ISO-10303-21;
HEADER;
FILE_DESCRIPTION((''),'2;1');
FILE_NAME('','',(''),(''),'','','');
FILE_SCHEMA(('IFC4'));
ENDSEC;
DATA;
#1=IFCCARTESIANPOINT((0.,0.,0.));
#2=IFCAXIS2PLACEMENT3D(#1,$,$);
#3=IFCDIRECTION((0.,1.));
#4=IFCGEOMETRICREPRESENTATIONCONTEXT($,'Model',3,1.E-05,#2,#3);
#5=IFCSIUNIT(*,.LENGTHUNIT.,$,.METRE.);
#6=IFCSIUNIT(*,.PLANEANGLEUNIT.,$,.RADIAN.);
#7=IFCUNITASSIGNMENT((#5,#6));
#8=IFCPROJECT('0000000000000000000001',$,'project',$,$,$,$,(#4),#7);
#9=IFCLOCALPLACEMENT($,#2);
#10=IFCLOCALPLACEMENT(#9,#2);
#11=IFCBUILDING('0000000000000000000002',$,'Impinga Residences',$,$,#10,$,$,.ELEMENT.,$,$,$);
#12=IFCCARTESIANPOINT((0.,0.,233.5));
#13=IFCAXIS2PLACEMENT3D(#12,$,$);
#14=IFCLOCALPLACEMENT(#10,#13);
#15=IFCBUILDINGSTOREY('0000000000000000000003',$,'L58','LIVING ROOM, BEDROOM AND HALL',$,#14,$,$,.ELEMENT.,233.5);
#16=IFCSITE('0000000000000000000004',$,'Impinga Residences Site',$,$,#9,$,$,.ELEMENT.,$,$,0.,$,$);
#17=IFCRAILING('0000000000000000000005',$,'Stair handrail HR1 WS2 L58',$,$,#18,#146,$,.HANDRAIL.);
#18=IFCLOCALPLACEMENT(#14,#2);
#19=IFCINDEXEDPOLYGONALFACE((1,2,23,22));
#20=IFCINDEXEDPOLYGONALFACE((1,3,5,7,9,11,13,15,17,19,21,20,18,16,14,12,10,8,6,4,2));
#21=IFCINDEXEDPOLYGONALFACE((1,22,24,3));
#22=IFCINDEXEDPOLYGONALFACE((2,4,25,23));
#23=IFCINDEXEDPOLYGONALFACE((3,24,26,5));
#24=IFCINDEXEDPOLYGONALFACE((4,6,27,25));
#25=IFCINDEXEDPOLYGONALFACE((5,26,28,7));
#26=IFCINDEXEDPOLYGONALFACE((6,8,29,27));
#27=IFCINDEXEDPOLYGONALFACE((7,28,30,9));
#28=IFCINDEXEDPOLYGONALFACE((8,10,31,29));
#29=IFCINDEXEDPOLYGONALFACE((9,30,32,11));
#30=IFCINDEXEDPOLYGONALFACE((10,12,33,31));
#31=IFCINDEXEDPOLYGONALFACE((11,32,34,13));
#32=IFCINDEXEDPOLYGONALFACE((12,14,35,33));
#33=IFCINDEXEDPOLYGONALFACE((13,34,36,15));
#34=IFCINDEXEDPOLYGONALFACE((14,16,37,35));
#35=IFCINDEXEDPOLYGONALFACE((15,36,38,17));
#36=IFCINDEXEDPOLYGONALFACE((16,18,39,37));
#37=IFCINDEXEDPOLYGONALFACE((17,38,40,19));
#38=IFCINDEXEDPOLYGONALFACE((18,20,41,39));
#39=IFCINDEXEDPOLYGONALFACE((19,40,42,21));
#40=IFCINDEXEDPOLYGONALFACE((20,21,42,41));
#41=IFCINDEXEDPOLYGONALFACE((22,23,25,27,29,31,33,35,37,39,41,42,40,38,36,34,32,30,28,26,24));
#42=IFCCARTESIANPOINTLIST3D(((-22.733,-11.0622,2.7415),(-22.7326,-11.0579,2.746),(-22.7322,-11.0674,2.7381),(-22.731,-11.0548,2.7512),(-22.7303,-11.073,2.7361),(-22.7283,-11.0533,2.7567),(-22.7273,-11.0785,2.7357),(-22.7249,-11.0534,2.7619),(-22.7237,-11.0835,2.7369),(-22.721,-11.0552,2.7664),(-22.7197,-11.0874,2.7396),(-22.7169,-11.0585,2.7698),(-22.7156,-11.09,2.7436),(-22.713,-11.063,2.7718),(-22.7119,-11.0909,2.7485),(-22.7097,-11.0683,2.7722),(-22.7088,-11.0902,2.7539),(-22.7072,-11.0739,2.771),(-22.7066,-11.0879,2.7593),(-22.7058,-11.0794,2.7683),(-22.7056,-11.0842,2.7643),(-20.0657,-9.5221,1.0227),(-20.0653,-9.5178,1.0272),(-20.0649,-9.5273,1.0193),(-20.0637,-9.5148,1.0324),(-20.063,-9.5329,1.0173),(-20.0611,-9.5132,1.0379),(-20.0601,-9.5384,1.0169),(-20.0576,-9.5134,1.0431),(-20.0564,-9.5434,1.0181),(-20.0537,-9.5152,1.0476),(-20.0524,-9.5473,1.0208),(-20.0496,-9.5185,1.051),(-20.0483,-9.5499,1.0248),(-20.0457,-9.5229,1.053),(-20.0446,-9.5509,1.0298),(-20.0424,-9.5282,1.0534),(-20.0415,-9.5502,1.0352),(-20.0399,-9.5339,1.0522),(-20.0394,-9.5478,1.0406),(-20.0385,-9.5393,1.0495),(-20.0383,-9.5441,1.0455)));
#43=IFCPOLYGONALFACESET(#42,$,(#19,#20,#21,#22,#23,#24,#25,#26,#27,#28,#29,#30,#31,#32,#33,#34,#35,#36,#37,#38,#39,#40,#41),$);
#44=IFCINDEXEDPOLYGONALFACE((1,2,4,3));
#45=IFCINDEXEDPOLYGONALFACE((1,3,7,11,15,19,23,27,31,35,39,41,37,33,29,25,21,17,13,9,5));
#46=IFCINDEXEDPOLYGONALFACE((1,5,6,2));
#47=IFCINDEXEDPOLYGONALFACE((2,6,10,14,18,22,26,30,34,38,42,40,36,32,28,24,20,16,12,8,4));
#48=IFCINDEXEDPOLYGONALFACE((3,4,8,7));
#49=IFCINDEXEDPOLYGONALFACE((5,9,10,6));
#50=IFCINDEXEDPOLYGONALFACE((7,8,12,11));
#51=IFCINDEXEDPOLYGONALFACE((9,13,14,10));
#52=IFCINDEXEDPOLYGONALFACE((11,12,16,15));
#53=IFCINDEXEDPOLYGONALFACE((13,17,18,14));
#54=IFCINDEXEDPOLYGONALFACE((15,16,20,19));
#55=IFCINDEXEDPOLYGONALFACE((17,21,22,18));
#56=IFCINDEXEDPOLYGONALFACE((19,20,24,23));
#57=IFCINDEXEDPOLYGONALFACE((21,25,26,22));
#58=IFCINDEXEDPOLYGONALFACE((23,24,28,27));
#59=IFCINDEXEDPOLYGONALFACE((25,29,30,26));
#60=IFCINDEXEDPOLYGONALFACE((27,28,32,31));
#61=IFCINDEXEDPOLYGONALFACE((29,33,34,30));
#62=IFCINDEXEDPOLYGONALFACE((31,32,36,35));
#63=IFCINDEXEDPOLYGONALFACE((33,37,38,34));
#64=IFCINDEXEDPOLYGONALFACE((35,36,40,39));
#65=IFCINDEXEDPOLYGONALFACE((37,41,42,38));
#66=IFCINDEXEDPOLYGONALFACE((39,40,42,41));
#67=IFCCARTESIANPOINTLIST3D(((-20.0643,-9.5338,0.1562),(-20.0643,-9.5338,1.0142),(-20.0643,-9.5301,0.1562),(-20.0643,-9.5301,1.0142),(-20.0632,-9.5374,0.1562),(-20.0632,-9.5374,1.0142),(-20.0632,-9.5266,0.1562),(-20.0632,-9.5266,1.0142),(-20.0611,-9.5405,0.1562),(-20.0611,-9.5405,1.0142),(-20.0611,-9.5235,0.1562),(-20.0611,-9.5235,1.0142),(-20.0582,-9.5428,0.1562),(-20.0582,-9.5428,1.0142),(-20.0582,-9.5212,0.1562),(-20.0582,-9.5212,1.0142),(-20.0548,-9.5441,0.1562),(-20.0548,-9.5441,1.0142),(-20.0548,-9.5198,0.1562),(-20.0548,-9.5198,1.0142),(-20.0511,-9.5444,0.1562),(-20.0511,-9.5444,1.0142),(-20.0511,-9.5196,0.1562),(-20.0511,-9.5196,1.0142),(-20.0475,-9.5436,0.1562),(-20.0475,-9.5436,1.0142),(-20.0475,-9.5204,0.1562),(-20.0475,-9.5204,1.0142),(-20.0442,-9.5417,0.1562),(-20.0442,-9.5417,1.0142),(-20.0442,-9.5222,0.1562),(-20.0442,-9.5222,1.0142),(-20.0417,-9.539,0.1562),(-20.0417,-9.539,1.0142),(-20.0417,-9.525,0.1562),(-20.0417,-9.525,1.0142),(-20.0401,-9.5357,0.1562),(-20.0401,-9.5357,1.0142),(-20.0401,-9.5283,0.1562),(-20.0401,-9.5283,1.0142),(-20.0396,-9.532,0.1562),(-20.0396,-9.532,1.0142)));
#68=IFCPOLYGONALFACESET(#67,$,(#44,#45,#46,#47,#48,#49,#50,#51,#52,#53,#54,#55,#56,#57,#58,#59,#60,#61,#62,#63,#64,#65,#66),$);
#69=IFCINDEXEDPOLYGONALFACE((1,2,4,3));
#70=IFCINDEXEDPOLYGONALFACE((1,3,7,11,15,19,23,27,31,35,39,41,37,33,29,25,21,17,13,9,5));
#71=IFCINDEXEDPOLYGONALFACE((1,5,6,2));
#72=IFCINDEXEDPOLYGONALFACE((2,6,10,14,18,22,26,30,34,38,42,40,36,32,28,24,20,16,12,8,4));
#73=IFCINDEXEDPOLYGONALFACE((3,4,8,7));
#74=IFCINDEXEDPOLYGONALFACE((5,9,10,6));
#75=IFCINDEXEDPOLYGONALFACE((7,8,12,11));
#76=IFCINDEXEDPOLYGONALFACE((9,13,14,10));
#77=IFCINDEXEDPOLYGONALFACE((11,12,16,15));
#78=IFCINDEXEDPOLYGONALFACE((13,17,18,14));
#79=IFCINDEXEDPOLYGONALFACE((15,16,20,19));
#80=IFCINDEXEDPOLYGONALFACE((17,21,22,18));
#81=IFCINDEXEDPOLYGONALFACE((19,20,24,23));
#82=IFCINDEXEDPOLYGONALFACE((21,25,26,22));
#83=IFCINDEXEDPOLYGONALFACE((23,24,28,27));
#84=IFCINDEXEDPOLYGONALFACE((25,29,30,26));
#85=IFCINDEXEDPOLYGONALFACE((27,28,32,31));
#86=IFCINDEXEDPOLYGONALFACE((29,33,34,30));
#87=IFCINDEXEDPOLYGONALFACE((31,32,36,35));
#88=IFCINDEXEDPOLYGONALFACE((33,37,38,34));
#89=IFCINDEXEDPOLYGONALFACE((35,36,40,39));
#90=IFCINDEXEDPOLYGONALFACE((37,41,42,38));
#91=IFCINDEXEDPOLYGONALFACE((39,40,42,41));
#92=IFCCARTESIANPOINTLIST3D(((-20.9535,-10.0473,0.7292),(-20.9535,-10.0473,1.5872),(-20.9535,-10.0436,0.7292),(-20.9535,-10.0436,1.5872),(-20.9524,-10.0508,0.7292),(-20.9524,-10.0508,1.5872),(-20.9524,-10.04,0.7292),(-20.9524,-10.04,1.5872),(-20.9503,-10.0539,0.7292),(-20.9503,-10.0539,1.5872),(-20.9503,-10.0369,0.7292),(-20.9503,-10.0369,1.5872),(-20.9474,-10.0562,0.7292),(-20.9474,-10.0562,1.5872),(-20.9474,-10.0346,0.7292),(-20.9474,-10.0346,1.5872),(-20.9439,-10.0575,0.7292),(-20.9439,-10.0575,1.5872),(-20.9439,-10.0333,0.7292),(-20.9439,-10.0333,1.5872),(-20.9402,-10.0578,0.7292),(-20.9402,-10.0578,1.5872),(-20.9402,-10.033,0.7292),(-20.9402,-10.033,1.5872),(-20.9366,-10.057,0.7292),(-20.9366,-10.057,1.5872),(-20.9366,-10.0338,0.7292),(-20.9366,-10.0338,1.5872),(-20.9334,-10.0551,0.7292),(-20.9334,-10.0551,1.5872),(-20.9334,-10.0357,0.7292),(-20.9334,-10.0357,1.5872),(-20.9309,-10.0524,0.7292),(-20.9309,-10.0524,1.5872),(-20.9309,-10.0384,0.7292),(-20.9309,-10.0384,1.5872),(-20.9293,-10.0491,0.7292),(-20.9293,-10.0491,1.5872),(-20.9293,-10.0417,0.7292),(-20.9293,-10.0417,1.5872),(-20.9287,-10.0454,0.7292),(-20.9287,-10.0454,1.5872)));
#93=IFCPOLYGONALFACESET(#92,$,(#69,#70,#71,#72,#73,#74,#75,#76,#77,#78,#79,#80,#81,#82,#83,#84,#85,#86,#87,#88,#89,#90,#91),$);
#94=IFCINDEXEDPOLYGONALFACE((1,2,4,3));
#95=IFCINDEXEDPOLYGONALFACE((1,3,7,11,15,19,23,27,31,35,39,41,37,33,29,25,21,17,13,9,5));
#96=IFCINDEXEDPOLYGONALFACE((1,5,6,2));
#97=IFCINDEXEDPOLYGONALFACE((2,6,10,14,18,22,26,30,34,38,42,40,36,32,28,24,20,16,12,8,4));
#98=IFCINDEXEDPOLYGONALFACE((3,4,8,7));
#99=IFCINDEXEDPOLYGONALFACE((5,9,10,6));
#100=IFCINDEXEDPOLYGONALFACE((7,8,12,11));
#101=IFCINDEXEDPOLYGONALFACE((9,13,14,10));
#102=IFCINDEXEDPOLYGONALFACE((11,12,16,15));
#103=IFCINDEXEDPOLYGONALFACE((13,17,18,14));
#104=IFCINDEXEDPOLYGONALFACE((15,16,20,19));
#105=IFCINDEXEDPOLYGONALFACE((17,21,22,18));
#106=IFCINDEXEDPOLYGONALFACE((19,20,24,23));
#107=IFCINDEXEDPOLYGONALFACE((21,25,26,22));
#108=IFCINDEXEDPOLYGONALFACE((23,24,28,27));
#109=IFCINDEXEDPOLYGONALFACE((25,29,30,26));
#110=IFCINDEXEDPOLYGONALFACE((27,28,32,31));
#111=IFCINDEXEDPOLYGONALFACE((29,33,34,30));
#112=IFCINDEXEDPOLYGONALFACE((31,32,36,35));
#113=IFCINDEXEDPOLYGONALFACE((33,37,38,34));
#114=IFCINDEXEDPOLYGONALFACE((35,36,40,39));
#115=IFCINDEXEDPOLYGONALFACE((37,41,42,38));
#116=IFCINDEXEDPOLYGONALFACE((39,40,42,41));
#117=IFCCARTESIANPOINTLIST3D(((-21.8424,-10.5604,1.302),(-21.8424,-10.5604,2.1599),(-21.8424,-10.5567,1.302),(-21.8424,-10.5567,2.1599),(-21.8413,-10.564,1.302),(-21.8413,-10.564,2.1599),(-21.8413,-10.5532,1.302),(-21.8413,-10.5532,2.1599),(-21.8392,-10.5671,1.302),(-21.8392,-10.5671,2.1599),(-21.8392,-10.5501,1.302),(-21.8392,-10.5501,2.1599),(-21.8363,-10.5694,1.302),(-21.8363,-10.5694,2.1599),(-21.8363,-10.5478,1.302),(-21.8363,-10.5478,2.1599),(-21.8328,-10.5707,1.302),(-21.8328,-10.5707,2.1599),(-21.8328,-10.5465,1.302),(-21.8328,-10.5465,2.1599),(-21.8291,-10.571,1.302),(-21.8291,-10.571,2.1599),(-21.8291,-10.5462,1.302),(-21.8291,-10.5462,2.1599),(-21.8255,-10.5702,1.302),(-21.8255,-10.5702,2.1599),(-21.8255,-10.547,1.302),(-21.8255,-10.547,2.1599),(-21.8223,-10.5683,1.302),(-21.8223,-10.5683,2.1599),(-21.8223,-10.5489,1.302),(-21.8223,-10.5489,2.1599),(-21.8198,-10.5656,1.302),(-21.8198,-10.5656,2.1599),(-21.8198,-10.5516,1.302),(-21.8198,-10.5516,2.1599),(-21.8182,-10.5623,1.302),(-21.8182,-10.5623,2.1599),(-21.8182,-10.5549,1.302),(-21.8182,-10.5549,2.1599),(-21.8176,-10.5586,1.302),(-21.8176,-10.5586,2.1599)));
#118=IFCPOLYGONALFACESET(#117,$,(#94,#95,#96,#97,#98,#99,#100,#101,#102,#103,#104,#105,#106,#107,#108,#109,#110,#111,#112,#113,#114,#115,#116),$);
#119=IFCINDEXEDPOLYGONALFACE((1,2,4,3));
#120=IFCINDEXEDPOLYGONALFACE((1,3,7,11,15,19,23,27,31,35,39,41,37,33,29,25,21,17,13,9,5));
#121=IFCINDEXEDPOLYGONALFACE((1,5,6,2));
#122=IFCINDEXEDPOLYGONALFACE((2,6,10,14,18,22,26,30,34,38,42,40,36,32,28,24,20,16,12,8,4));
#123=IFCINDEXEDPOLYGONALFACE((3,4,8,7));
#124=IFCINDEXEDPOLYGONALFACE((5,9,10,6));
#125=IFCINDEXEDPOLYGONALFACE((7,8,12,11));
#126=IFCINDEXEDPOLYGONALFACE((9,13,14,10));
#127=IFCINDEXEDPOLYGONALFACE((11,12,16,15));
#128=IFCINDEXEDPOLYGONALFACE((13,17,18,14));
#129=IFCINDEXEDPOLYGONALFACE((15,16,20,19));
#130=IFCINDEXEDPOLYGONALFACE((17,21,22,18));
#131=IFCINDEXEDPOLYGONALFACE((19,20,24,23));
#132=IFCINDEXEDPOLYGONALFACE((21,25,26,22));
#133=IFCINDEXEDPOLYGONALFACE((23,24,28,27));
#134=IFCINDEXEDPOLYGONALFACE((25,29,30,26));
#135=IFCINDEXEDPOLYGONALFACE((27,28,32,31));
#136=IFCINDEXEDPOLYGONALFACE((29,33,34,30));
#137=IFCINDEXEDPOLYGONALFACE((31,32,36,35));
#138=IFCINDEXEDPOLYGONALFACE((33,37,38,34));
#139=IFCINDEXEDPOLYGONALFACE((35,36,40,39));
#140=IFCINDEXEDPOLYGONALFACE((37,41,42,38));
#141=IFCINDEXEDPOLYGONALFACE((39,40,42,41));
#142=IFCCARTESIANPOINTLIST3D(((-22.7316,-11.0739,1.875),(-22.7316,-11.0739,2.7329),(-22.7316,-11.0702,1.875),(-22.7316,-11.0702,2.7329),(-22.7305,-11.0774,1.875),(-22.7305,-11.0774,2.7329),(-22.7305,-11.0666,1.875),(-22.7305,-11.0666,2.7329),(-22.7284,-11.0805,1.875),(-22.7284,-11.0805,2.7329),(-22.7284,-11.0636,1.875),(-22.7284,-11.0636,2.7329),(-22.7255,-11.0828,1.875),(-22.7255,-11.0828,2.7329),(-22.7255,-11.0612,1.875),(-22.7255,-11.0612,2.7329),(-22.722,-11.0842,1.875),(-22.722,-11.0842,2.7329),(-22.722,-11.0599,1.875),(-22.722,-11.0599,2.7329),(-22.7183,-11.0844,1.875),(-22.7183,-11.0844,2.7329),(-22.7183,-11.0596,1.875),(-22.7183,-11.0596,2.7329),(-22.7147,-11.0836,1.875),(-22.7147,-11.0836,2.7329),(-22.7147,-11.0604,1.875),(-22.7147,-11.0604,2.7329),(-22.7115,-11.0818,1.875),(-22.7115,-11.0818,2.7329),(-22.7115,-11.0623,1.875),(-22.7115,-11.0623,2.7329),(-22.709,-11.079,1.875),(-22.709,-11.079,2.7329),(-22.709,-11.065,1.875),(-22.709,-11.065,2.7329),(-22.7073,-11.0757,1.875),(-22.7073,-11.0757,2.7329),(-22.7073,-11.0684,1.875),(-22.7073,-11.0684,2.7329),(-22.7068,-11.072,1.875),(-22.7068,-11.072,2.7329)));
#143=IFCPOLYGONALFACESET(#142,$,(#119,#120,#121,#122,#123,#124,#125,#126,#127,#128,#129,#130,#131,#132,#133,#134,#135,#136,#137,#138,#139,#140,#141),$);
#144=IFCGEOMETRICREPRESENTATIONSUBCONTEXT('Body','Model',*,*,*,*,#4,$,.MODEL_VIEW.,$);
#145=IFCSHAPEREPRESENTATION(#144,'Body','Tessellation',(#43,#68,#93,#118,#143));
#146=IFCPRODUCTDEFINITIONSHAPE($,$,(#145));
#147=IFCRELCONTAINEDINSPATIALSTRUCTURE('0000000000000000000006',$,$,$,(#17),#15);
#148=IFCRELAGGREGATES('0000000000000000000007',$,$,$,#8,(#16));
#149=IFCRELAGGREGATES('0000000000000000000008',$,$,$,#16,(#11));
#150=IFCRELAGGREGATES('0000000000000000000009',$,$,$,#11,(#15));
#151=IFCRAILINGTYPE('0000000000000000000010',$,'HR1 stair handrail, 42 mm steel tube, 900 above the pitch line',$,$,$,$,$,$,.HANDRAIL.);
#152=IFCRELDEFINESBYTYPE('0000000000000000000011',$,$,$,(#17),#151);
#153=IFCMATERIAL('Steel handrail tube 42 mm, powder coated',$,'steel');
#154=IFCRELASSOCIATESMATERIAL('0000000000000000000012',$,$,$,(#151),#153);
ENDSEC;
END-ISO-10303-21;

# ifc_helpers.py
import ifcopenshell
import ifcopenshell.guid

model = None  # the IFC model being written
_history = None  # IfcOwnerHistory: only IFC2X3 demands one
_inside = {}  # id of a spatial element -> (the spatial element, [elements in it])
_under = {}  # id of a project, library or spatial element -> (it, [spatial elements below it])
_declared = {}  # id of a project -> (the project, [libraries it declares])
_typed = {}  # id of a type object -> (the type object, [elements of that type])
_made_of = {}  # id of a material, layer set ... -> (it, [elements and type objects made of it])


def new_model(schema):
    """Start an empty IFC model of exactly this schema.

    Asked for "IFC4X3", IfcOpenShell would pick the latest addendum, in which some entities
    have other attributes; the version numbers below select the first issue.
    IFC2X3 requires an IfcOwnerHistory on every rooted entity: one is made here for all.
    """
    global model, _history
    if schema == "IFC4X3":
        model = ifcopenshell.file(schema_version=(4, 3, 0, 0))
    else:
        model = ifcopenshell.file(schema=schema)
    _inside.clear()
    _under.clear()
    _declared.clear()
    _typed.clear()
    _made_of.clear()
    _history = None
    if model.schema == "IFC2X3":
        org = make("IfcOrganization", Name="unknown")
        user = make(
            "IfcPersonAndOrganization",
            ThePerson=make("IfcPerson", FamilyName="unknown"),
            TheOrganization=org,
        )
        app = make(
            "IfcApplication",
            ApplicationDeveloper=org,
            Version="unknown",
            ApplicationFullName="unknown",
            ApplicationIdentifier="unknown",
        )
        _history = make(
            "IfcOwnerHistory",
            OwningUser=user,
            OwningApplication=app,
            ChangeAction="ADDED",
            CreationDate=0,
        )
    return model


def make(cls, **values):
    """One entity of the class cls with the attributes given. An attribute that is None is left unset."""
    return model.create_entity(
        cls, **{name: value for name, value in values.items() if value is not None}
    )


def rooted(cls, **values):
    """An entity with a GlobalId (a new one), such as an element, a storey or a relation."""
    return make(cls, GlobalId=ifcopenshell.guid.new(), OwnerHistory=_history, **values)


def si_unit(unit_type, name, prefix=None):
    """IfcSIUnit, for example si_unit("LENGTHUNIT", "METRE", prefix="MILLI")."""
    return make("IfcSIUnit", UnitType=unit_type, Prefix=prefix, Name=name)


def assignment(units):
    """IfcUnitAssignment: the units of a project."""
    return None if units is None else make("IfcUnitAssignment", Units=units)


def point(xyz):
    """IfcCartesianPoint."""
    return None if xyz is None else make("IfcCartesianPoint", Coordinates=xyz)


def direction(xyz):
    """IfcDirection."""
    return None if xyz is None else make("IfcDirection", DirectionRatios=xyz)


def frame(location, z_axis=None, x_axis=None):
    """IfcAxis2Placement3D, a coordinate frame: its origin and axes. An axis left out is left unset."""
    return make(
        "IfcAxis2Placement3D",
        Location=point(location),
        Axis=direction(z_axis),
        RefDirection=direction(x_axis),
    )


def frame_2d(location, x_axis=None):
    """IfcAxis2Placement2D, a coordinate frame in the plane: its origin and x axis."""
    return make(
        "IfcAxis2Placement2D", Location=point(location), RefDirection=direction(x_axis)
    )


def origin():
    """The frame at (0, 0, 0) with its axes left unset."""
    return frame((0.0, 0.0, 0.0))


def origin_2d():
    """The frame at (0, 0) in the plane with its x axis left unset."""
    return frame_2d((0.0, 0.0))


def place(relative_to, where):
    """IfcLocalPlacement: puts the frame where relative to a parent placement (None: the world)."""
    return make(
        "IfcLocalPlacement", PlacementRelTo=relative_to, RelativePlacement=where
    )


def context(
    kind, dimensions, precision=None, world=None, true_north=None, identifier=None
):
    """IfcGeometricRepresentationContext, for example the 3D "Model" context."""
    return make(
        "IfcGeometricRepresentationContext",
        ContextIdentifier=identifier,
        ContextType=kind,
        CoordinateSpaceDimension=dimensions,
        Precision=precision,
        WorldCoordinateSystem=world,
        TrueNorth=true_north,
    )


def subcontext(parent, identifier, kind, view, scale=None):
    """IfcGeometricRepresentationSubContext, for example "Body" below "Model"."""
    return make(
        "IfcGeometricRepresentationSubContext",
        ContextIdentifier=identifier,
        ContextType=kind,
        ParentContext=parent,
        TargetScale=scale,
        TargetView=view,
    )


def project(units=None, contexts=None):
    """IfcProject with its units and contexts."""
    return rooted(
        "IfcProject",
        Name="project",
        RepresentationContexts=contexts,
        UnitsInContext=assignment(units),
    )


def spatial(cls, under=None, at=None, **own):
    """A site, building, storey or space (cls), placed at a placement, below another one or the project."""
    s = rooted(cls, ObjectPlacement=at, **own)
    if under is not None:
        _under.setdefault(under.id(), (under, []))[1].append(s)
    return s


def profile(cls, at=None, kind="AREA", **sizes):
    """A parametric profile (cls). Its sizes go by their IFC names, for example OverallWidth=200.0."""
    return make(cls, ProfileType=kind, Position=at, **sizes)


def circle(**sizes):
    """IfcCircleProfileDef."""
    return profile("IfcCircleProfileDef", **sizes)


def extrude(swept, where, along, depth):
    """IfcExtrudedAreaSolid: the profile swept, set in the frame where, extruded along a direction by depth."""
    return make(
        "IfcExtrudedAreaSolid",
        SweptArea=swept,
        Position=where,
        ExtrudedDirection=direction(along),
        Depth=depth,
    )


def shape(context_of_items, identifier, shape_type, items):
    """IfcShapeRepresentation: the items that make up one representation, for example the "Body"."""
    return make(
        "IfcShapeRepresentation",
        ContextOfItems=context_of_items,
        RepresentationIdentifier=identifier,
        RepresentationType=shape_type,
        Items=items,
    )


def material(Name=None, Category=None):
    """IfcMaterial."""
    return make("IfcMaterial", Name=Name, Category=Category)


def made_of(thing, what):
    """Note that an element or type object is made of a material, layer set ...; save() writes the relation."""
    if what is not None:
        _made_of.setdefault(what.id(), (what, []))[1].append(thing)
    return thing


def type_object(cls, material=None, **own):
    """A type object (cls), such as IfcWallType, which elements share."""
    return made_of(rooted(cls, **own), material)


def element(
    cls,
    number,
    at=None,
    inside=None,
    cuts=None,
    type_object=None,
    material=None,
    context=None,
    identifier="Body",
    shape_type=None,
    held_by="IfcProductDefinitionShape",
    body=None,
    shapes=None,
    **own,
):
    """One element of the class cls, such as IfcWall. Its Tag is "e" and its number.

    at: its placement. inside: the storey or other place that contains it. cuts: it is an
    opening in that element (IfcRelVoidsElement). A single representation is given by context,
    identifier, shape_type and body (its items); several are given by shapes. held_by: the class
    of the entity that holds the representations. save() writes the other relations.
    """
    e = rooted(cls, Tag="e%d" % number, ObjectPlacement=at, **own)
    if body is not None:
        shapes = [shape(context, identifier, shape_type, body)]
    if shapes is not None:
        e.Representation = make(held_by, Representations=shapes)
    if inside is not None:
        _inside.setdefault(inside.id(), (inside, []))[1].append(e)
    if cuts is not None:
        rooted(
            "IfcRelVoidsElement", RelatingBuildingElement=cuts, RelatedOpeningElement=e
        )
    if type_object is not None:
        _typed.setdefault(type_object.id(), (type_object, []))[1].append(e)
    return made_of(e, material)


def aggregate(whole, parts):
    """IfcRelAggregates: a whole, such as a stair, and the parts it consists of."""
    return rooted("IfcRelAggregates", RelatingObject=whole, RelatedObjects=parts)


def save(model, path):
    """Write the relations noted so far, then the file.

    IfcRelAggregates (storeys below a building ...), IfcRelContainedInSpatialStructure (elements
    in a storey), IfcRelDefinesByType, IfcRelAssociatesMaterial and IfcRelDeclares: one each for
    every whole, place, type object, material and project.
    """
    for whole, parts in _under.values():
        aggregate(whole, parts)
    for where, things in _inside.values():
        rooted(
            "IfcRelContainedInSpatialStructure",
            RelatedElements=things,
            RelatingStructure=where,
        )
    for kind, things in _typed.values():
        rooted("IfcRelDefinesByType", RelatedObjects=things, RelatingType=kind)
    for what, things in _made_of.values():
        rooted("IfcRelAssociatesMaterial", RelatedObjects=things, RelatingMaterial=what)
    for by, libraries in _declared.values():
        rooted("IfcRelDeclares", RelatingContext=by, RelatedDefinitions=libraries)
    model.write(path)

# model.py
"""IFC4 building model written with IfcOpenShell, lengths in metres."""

from ifc_helpers import new_model, si_unit, direction, frame, origin, origin_2d, place, context, subcontext, project, spatial, circle, extrude, material, type_object, element, save


model = new_model("IFC4")

# Units and contexts
model_context = context("Model", 3, precision=1e-05, world=origin(), true_north=direction((0.0, 1.0)))
body_context = subcontext(model_context, "Body", "Model", "MODEL_VIEW")
ifc_project = project(units=[si_unit("LENGTHUNIT", "METRE"), si_unit("PLANEANGLEUNIT", "RADIAN")], contexts=[model_context])

# Site, building, storey
site_placement = place(None, origin())
site = spatial("IfcSite", under=ifc_project, at=site_placement, Name="Impinga Residences Site", CompositionType="ELEMENT", RefElevation=0.0)
building_placement = place(site_placement, origin())
building = spatial("IfcBuilding", under=site, at=building_placement, Name="Impinga Residences", CompositionType="ELEMENT")
storey_placement = place(building_placement, frame((0.0, 0.0, 233.5)))
storey = spatial("IfcBuildingStorey", under=building, at=storey_placement, Name="L58", Description="LIVING ROOM, BEDROOM AND HALL", CompositionType="ELEMENT", Elevation=233.5)

# Railing
ifc_material_1 = material(Name="Steel handrail tube 42 mm, powder coated", Category="steel")
railing_type = type_object("IfcRailingType", Name="HR1 stair handrail, 42 mm steel tube, 900 above the pitch line", PredefinedType="HANDRAIL", material=ifc_material_1)
railing_1_placement = place(storey_placement, frame((-20.052, -9.532, 0.1562)))
element("IfcRailing", 1, at=railing_1_placement, inside=storey, type_object=railing_type, Name="Stair handrail HR1 WS2 L58", PredefinedType="HANDRAIL", context=body_context, shape_type="SweptSolid", body=[
    extrude(circle(Radius=0.021, at=origin_2d()), frame((0.0, 0.0, 0.8789), z_axis=(-0.756226, -0.436639, 0.487307), x_axis=(0.500027, -0.86601, 0.0)), (0.0, 0.0, 1.0), 3.5271),
    extrude(circle(Radius=0.0125, at=origin_2d()), origin(), (0.0, 0.0, 1.0), 0.8579),
    extrude(circle(Radius=0.0125, at=origin_2d()), frame((-0.8892, -0.5134, 0.573)), (0.0, 0.0, 1.0), 0.8579),
    extrude(circle(Radius=0.0125, at=origin_2d()), frame((-1.7781, -1.0266, 1.1458)), (0.0, 0.0, 1.0), 0.8579),
    extrude(circle(Radius=0.0125, at=origin_2d()), frame((-2.6672, -1.54, 1.7188)), (0.0, 0.0, 1.0), 0.8579),
])

save(model, "model.ifc")
